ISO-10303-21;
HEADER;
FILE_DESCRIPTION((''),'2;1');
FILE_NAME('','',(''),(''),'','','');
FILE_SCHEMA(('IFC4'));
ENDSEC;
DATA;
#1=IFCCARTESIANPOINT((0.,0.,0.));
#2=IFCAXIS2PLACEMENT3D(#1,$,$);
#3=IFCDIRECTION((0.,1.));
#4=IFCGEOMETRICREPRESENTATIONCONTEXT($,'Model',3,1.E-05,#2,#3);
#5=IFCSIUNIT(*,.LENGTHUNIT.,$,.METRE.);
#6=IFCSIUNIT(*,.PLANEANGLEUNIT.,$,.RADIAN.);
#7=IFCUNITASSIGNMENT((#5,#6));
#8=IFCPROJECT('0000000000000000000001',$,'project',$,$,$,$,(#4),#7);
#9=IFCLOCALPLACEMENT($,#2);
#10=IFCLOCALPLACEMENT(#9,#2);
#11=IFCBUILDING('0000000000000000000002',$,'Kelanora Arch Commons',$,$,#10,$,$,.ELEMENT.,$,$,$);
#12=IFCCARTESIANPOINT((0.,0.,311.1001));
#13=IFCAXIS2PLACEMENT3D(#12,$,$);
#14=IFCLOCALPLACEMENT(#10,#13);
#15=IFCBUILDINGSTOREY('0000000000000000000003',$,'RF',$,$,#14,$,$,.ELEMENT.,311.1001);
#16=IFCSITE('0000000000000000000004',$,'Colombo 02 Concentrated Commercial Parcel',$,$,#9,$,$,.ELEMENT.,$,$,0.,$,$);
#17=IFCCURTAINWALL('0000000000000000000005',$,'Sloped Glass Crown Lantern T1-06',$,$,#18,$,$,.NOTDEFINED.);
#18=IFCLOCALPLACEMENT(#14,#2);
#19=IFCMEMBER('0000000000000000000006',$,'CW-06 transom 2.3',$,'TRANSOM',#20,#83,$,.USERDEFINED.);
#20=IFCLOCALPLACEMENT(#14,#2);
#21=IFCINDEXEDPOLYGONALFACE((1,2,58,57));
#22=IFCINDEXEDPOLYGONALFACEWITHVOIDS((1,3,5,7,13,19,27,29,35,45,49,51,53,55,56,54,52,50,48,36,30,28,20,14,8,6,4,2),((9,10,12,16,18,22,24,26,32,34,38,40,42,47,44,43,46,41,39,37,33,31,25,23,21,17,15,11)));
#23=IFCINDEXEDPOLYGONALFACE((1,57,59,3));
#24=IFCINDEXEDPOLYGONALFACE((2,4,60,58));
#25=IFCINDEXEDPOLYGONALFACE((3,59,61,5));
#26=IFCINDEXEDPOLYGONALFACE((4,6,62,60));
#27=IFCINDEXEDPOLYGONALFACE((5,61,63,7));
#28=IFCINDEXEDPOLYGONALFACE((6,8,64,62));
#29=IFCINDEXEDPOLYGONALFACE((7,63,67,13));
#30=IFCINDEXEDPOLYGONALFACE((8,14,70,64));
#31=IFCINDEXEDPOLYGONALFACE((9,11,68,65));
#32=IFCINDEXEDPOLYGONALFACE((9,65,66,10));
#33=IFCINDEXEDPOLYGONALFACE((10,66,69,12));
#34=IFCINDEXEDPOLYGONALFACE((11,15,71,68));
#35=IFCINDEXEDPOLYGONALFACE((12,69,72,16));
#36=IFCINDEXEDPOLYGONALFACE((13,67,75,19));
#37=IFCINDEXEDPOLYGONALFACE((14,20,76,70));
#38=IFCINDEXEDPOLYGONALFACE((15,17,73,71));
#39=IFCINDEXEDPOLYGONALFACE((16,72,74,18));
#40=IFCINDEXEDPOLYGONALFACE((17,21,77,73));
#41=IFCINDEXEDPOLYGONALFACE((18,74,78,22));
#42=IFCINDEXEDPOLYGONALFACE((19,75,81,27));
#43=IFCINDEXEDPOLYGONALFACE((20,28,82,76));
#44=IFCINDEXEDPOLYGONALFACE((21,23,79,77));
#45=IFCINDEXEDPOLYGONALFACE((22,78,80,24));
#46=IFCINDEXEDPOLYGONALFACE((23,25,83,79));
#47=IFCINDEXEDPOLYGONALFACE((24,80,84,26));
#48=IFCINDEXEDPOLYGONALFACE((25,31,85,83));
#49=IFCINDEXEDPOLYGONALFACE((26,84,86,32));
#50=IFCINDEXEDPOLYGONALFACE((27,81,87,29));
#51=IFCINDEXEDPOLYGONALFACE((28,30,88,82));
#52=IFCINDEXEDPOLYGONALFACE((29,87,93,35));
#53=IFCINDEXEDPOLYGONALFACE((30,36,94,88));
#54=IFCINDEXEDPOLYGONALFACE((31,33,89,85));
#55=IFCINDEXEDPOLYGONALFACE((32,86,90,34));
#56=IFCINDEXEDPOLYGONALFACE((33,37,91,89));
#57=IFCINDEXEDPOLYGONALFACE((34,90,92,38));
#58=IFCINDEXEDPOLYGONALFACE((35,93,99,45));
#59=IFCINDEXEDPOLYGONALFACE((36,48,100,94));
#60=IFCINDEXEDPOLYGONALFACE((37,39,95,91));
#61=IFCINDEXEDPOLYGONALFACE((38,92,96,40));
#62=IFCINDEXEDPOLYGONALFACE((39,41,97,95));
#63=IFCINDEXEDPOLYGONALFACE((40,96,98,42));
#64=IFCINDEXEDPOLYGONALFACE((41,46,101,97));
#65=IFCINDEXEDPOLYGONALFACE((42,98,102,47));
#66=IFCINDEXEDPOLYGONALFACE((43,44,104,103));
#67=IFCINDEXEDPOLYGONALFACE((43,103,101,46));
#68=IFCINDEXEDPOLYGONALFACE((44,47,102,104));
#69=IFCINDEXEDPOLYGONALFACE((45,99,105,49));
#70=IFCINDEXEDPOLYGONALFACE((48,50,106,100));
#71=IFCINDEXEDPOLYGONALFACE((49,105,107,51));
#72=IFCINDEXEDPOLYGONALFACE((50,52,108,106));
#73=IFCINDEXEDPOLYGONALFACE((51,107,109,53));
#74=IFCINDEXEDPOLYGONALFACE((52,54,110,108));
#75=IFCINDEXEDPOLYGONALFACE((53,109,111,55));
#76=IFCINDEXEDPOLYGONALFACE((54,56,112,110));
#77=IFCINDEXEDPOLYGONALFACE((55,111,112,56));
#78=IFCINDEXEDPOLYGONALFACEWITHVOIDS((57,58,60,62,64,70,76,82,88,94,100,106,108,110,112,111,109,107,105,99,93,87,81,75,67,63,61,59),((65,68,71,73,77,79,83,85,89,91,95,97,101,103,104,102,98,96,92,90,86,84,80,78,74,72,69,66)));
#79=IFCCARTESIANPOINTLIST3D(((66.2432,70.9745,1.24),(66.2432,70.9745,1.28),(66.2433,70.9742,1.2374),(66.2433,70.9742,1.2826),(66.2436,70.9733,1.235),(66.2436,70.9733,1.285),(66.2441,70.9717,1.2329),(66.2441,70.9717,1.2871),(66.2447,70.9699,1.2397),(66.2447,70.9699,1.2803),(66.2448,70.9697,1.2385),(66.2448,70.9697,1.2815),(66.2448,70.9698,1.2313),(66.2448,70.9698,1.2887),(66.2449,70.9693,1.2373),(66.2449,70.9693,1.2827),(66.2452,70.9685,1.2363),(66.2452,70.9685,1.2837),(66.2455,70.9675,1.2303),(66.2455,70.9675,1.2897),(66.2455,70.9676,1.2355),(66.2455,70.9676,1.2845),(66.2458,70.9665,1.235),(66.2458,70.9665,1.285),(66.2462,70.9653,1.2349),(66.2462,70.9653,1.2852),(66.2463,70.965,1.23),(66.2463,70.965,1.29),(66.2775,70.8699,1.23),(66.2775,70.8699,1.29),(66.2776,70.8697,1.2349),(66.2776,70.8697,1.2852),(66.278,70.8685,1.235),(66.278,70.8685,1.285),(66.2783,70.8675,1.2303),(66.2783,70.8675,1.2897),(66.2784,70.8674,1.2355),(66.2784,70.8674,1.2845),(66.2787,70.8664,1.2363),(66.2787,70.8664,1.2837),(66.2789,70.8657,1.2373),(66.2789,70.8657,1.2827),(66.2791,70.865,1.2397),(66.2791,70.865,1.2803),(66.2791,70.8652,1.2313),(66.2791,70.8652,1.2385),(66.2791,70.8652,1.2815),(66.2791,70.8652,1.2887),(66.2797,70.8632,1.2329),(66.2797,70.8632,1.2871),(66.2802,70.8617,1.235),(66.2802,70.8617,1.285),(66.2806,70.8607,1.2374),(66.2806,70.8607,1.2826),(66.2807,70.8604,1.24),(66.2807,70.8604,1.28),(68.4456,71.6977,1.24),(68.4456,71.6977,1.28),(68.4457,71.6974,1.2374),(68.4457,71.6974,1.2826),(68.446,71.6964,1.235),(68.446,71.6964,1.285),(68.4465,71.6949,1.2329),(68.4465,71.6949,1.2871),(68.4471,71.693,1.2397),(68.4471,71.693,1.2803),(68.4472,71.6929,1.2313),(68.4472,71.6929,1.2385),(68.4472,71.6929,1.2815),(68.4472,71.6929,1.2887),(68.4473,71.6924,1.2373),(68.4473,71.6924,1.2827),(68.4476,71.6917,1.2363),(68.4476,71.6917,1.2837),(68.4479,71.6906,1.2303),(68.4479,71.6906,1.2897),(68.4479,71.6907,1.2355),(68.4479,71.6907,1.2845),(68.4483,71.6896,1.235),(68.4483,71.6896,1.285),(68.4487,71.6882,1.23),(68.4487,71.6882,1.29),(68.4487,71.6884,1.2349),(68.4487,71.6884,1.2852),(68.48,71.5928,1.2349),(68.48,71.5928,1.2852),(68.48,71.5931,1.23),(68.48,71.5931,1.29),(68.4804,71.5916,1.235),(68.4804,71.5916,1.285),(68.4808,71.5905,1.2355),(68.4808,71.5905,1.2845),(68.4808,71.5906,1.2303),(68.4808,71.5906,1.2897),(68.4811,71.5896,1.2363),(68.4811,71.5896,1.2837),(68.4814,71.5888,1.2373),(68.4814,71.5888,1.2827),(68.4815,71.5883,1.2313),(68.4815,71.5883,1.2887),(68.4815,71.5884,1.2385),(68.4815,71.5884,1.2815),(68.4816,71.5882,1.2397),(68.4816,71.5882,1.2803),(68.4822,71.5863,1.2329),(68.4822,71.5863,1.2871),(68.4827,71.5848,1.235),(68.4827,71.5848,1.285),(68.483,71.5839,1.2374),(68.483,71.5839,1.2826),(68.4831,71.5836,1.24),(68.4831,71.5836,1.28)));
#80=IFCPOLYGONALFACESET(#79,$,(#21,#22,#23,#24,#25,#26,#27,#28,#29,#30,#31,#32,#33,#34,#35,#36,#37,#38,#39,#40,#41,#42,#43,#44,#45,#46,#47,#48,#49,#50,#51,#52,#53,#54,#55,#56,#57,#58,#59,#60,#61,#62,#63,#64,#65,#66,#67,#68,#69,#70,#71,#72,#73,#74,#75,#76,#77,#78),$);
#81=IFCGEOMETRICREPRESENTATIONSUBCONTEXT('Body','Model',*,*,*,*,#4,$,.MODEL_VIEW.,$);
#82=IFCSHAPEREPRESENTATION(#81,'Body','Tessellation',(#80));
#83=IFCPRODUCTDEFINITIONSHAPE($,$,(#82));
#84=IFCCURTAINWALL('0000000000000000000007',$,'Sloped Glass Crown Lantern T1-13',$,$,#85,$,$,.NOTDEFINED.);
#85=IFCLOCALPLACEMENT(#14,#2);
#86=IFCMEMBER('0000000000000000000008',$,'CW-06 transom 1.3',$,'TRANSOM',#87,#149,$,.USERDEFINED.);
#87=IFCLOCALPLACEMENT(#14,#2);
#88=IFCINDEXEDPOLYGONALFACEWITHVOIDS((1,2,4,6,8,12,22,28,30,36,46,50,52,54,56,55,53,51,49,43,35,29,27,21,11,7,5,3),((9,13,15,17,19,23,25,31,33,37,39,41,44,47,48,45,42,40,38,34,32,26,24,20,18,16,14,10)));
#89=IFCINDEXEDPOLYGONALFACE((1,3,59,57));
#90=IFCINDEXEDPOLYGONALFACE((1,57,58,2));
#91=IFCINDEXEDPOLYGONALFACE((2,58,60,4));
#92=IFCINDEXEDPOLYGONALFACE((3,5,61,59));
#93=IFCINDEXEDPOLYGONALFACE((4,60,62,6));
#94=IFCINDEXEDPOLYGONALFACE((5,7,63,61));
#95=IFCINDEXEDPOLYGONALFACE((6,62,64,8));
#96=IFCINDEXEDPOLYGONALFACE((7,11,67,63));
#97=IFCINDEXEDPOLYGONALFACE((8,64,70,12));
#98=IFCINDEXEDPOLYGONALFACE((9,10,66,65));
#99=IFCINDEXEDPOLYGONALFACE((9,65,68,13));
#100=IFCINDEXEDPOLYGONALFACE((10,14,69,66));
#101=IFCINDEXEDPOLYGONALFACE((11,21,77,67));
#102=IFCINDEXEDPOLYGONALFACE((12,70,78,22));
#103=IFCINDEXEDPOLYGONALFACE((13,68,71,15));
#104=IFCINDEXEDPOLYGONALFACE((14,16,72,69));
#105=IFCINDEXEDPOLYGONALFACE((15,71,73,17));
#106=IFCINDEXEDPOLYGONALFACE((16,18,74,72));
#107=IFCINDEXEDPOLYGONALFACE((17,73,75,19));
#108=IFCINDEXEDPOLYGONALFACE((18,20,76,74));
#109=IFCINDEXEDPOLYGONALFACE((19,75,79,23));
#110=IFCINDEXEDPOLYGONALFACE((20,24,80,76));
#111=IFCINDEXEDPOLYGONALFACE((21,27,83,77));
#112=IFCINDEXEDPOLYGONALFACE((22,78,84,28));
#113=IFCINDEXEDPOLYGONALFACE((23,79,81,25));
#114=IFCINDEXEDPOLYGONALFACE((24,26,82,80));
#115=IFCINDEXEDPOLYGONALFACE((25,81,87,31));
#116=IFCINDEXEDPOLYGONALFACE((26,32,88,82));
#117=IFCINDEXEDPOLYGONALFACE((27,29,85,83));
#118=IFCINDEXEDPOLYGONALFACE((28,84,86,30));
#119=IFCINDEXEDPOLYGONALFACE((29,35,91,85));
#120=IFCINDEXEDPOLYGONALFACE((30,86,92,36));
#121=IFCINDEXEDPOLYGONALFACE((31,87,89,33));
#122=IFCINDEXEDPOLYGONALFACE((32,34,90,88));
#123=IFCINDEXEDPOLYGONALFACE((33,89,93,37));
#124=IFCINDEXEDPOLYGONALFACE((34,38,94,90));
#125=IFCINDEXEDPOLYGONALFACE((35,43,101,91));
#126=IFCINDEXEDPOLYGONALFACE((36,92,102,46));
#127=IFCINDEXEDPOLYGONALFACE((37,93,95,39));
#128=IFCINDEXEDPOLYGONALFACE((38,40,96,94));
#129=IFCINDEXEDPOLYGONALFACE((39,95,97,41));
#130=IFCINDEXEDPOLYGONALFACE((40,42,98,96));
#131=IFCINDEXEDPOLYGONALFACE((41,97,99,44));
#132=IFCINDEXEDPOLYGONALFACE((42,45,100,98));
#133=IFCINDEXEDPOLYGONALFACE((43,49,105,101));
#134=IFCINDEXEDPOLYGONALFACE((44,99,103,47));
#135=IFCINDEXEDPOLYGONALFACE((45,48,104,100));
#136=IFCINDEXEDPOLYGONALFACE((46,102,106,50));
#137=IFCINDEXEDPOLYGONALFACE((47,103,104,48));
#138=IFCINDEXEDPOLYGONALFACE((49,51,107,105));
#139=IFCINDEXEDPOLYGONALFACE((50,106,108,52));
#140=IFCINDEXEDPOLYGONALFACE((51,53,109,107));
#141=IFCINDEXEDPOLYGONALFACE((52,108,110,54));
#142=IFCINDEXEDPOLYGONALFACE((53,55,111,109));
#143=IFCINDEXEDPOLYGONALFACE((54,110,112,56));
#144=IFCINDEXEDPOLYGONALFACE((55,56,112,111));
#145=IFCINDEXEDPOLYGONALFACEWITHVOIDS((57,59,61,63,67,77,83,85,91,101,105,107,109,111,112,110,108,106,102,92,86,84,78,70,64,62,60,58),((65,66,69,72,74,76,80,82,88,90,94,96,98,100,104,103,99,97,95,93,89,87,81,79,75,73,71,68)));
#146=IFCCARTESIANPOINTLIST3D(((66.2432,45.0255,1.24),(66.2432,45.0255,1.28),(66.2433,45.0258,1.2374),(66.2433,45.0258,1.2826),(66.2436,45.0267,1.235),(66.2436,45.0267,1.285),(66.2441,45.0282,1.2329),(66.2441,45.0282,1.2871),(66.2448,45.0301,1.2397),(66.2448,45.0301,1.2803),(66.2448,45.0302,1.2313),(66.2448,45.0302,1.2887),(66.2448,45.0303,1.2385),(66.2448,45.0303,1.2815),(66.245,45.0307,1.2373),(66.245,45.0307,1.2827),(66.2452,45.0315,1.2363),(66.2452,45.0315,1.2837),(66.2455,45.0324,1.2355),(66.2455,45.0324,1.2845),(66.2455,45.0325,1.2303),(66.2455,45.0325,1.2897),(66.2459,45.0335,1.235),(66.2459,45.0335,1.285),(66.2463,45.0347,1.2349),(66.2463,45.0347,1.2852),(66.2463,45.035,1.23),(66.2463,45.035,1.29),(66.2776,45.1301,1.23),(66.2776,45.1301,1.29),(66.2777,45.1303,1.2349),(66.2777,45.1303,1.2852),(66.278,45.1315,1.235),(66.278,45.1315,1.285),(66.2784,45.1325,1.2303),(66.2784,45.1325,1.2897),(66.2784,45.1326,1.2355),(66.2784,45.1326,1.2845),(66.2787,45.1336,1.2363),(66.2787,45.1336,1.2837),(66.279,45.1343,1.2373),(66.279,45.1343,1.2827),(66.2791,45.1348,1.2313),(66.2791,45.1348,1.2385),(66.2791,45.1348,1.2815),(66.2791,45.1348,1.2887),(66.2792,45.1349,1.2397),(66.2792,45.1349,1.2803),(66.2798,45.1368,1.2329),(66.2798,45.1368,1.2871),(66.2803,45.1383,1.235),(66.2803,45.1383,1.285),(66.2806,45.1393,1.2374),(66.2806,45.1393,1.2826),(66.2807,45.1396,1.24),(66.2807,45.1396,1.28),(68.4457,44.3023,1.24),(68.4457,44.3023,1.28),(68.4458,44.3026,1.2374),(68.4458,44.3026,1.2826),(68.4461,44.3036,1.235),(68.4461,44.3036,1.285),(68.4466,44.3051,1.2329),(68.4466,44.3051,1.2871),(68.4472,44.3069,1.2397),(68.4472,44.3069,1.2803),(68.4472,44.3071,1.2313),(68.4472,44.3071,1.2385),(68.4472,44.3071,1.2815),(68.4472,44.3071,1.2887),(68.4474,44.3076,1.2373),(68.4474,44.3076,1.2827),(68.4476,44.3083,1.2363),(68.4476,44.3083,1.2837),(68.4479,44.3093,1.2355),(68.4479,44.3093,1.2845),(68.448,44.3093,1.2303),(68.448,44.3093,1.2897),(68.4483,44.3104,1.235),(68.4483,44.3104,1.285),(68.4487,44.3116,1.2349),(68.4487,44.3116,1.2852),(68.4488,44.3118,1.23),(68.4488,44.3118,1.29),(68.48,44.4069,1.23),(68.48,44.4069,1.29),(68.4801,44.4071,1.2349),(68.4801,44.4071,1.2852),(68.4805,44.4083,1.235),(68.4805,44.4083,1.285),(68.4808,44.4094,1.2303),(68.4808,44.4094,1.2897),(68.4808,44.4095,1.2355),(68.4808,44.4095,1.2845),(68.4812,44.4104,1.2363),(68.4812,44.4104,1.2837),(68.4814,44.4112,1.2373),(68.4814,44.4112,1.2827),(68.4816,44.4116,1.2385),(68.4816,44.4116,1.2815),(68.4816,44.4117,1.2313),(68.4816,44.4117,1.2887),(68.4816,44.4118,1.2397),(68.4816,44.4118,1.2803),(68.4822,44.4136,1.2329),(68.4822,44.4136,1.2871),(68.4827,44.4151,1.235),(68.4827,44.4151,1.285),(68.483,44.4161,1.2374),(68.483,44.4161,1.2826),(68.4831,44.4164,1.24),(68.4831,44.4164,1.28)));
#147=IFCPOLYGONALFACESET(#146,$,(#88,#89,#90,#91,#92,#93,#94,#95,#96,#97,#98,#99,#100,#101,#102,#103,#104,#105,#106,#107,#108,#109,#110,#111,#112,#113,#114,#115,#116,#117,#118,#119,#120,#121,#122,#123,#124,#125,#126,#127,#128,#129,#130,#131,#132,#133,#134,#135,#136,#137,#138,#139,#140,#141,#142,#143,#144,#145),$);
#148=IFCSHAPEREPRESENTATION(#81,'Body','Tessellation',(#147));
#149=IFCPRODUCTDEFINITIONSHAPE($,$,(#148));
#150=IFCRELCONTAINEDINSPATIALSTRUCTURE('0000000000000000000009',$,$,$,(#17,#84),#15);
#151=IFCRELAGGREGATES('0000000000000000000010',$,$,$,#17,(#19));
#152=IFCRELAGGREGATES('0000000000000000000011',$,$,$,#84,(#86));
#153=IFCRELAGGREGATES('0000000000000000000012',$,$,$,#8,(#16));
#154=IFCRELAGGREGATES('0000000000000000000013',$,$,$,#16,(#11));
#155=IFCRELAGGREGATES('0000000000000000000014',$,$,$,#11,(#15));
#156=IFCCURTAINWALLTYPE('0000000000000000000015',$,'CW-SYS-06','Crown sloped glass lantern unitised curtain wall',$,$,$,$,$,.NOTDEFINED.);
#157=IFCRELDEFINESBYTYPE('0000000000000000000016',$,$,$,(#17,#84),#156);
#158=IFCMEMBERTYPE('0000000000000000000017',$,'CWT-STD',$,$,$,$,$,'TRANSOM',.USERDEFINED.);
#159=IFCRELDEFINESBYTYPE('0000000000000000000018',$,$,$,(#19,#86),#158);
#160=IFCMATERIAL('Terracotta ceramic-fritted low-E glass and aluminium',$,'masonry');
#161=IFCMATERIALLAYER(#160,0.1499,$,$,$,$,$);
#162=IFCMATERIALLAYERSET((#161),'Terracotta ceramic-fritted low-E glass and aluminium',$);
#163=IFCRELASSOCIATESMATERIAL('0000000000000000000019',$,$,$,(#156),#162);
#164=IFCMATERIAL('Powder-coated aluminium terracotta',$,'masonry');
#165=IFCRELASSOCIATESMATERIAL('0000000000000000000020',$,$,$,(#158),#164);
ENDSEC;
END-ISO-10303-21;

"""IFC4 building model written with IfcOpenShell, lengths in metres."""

from ifc_helpers import new_model, si_unit, direction, frame, origin, origin_2d, place, context, subcontext, project, spatial, hollow_rectangle, extrude, material, layer, layer_set, material_profile, profile_set, type_object, element, aggregate, save


model = new_model("IFC4")

# Units and contexts
model_context = context("Model", 3, precision=1e-05, world=origin(), true_north=direction((0.0, 1.0)))
body_context = subcontext(model_context, "Body", "Model", "MODEL_VIEW")
ifc_project = project(units=[si_unit("LENGTHUNIT", "METRE"), si_unit("PLANEANGLEUNIT", "RADIAN")], contexts=[model_context])

# Site, building, storey
site_placement = place(None, origin())
site = spatial("IfcSite", under=ifc_project, at=site_placement, Name="Colombo 02 Concentrated Commercial Parcel", CompositionType="ELEMENT", RefElevation=0.0)
building_placement = place(site_placement, origin())
building = spatial("IfcBuilding", under=site, at=building_placement, Name="Kelanora Arch Commons", CompositionType="ELEMENT")
storey_placement = place(building_placement, frame((0.0, 0.0, 311.1001)))
storey = spatial("IfcBuildingStorey", under=building, at=storey_placement, Name="RF", CompositionType="ELEMENT", Elevation=311.1001)

# Shared definitions
ifc_material_1 = material(Name="Terracotta ceramic-fritted low-E glass and aluminium", Category="masonry")
ifc_layer_1 = layer(ifc_material_1, 0.1499)
ifc_layer_set_1 = layer_set([ifc_layer_1], Name="Terracotta ceramic-fritted low-E glass and aluminium")
curtain_wall_type = type_object("IfcCurtainWallType", Name="CW-SYS-06", Description="Crown sloped glass lantern unitised curtain wall", PredefinedType="NOTDEFINED", material=ifc_layer_set_1)
ifc_material_2 = material(Name="Powder-coated aluminium terracotta", Category="masonry")

# Shared definitions
ifc_material_profile_1 = material_profile(ifc_material_2, hollow_rectangle(XDim=0.1201, YDim=0.0601, WallThickness=0.0049, InnerFilletRadius=0.0049, OuterFilletRadius=0.01, at=origin_2d()), Name="CWT120x60")
ifc_profile_set_1 = profile_set([ifc_material_profile_1], Name="Powder-coated aluminium terracotta")
member_type_1 = type_object("IfcMemberType", Name="CWT-STD", ElementType="TRANSOM", PredefinedType="USERDEFINED", material=ifc_profile_set_1)

# Curtain walls, members
curtain_wall_1_placement = place(storey_placement, origin())
curtain_wall_1 = element("IfcCurtainWall", 1, at=curtain_wall_1_placement, inside=storey, type_object=curtain_wall_type, Name="Sloped Glass Crown Lantern T1-06", PredefinedType="NOTDEFINED")
member_1_placement = place(storey_placement, frame((68.4644, 71.6406, 1.26), z_axis=(-0.950096, -0.311959, 0.0), x_axis=(0.311959, -0.950096, 0.0)))
member_1 = element("IfcMember", 2, at=member_1_placement, type_object=member_type_1, Name="CW-06 transom 2.3", ObjectType="TRANSOM", PredefinedType="USERDEFINED", context=body_context, shape_type="SweptSolid", body=[
    extrude(hollow_rectangle(XDim=0.1201, YDim=0.0601, WallThickness=0.0049, InnerFilletRadius=0.0049, OuterFilletRadius=0.01, at=origin_2d()), origin(), (0.0, 0.0, 1.0), 2.3181),
])
aggregate(curtain_wall_1, [member_1])
curtain_wall_2_placement = place(storey_placement, origin())
curtain_wall_2 = element("IfcCurtainWall", 3, at=curtain_wall_2_placement, inside=storey, type_object=curtain_wall_type, Name="Sloped Glass Crown Lantern T1-13", PredefinedType="NOTDEFINED")
member_2_placement = place(storey_placement, frame((66.262, 45.0825, 1.26), z_axis=(0.950096, -0.311959, 0.0), x_axis=(0.311959, 0.950096, 0.0)))
member_2 = element("IfcMember", 4, at=member_2_placement, type_object=member_type_1, Name="CW-06 transom 1.3", ObjectType="TRANSOM", PredefinedType="USERDEFINED", context=body_context, shape_type="SweptSolid", body=[
    extrude(hollow_rectangle(XDim=0.1201, YDim=0.0601, WallThickness=0.0049, InnerFilletRadius=0.0049, OuterFilletRadius=0.01, at=origin_2d()), origin(), (0.0, 0.0, 1.0), 2.3181),
])

aggregate(curtain_wall_2, [member_2])

save(model, "model.ifc")
